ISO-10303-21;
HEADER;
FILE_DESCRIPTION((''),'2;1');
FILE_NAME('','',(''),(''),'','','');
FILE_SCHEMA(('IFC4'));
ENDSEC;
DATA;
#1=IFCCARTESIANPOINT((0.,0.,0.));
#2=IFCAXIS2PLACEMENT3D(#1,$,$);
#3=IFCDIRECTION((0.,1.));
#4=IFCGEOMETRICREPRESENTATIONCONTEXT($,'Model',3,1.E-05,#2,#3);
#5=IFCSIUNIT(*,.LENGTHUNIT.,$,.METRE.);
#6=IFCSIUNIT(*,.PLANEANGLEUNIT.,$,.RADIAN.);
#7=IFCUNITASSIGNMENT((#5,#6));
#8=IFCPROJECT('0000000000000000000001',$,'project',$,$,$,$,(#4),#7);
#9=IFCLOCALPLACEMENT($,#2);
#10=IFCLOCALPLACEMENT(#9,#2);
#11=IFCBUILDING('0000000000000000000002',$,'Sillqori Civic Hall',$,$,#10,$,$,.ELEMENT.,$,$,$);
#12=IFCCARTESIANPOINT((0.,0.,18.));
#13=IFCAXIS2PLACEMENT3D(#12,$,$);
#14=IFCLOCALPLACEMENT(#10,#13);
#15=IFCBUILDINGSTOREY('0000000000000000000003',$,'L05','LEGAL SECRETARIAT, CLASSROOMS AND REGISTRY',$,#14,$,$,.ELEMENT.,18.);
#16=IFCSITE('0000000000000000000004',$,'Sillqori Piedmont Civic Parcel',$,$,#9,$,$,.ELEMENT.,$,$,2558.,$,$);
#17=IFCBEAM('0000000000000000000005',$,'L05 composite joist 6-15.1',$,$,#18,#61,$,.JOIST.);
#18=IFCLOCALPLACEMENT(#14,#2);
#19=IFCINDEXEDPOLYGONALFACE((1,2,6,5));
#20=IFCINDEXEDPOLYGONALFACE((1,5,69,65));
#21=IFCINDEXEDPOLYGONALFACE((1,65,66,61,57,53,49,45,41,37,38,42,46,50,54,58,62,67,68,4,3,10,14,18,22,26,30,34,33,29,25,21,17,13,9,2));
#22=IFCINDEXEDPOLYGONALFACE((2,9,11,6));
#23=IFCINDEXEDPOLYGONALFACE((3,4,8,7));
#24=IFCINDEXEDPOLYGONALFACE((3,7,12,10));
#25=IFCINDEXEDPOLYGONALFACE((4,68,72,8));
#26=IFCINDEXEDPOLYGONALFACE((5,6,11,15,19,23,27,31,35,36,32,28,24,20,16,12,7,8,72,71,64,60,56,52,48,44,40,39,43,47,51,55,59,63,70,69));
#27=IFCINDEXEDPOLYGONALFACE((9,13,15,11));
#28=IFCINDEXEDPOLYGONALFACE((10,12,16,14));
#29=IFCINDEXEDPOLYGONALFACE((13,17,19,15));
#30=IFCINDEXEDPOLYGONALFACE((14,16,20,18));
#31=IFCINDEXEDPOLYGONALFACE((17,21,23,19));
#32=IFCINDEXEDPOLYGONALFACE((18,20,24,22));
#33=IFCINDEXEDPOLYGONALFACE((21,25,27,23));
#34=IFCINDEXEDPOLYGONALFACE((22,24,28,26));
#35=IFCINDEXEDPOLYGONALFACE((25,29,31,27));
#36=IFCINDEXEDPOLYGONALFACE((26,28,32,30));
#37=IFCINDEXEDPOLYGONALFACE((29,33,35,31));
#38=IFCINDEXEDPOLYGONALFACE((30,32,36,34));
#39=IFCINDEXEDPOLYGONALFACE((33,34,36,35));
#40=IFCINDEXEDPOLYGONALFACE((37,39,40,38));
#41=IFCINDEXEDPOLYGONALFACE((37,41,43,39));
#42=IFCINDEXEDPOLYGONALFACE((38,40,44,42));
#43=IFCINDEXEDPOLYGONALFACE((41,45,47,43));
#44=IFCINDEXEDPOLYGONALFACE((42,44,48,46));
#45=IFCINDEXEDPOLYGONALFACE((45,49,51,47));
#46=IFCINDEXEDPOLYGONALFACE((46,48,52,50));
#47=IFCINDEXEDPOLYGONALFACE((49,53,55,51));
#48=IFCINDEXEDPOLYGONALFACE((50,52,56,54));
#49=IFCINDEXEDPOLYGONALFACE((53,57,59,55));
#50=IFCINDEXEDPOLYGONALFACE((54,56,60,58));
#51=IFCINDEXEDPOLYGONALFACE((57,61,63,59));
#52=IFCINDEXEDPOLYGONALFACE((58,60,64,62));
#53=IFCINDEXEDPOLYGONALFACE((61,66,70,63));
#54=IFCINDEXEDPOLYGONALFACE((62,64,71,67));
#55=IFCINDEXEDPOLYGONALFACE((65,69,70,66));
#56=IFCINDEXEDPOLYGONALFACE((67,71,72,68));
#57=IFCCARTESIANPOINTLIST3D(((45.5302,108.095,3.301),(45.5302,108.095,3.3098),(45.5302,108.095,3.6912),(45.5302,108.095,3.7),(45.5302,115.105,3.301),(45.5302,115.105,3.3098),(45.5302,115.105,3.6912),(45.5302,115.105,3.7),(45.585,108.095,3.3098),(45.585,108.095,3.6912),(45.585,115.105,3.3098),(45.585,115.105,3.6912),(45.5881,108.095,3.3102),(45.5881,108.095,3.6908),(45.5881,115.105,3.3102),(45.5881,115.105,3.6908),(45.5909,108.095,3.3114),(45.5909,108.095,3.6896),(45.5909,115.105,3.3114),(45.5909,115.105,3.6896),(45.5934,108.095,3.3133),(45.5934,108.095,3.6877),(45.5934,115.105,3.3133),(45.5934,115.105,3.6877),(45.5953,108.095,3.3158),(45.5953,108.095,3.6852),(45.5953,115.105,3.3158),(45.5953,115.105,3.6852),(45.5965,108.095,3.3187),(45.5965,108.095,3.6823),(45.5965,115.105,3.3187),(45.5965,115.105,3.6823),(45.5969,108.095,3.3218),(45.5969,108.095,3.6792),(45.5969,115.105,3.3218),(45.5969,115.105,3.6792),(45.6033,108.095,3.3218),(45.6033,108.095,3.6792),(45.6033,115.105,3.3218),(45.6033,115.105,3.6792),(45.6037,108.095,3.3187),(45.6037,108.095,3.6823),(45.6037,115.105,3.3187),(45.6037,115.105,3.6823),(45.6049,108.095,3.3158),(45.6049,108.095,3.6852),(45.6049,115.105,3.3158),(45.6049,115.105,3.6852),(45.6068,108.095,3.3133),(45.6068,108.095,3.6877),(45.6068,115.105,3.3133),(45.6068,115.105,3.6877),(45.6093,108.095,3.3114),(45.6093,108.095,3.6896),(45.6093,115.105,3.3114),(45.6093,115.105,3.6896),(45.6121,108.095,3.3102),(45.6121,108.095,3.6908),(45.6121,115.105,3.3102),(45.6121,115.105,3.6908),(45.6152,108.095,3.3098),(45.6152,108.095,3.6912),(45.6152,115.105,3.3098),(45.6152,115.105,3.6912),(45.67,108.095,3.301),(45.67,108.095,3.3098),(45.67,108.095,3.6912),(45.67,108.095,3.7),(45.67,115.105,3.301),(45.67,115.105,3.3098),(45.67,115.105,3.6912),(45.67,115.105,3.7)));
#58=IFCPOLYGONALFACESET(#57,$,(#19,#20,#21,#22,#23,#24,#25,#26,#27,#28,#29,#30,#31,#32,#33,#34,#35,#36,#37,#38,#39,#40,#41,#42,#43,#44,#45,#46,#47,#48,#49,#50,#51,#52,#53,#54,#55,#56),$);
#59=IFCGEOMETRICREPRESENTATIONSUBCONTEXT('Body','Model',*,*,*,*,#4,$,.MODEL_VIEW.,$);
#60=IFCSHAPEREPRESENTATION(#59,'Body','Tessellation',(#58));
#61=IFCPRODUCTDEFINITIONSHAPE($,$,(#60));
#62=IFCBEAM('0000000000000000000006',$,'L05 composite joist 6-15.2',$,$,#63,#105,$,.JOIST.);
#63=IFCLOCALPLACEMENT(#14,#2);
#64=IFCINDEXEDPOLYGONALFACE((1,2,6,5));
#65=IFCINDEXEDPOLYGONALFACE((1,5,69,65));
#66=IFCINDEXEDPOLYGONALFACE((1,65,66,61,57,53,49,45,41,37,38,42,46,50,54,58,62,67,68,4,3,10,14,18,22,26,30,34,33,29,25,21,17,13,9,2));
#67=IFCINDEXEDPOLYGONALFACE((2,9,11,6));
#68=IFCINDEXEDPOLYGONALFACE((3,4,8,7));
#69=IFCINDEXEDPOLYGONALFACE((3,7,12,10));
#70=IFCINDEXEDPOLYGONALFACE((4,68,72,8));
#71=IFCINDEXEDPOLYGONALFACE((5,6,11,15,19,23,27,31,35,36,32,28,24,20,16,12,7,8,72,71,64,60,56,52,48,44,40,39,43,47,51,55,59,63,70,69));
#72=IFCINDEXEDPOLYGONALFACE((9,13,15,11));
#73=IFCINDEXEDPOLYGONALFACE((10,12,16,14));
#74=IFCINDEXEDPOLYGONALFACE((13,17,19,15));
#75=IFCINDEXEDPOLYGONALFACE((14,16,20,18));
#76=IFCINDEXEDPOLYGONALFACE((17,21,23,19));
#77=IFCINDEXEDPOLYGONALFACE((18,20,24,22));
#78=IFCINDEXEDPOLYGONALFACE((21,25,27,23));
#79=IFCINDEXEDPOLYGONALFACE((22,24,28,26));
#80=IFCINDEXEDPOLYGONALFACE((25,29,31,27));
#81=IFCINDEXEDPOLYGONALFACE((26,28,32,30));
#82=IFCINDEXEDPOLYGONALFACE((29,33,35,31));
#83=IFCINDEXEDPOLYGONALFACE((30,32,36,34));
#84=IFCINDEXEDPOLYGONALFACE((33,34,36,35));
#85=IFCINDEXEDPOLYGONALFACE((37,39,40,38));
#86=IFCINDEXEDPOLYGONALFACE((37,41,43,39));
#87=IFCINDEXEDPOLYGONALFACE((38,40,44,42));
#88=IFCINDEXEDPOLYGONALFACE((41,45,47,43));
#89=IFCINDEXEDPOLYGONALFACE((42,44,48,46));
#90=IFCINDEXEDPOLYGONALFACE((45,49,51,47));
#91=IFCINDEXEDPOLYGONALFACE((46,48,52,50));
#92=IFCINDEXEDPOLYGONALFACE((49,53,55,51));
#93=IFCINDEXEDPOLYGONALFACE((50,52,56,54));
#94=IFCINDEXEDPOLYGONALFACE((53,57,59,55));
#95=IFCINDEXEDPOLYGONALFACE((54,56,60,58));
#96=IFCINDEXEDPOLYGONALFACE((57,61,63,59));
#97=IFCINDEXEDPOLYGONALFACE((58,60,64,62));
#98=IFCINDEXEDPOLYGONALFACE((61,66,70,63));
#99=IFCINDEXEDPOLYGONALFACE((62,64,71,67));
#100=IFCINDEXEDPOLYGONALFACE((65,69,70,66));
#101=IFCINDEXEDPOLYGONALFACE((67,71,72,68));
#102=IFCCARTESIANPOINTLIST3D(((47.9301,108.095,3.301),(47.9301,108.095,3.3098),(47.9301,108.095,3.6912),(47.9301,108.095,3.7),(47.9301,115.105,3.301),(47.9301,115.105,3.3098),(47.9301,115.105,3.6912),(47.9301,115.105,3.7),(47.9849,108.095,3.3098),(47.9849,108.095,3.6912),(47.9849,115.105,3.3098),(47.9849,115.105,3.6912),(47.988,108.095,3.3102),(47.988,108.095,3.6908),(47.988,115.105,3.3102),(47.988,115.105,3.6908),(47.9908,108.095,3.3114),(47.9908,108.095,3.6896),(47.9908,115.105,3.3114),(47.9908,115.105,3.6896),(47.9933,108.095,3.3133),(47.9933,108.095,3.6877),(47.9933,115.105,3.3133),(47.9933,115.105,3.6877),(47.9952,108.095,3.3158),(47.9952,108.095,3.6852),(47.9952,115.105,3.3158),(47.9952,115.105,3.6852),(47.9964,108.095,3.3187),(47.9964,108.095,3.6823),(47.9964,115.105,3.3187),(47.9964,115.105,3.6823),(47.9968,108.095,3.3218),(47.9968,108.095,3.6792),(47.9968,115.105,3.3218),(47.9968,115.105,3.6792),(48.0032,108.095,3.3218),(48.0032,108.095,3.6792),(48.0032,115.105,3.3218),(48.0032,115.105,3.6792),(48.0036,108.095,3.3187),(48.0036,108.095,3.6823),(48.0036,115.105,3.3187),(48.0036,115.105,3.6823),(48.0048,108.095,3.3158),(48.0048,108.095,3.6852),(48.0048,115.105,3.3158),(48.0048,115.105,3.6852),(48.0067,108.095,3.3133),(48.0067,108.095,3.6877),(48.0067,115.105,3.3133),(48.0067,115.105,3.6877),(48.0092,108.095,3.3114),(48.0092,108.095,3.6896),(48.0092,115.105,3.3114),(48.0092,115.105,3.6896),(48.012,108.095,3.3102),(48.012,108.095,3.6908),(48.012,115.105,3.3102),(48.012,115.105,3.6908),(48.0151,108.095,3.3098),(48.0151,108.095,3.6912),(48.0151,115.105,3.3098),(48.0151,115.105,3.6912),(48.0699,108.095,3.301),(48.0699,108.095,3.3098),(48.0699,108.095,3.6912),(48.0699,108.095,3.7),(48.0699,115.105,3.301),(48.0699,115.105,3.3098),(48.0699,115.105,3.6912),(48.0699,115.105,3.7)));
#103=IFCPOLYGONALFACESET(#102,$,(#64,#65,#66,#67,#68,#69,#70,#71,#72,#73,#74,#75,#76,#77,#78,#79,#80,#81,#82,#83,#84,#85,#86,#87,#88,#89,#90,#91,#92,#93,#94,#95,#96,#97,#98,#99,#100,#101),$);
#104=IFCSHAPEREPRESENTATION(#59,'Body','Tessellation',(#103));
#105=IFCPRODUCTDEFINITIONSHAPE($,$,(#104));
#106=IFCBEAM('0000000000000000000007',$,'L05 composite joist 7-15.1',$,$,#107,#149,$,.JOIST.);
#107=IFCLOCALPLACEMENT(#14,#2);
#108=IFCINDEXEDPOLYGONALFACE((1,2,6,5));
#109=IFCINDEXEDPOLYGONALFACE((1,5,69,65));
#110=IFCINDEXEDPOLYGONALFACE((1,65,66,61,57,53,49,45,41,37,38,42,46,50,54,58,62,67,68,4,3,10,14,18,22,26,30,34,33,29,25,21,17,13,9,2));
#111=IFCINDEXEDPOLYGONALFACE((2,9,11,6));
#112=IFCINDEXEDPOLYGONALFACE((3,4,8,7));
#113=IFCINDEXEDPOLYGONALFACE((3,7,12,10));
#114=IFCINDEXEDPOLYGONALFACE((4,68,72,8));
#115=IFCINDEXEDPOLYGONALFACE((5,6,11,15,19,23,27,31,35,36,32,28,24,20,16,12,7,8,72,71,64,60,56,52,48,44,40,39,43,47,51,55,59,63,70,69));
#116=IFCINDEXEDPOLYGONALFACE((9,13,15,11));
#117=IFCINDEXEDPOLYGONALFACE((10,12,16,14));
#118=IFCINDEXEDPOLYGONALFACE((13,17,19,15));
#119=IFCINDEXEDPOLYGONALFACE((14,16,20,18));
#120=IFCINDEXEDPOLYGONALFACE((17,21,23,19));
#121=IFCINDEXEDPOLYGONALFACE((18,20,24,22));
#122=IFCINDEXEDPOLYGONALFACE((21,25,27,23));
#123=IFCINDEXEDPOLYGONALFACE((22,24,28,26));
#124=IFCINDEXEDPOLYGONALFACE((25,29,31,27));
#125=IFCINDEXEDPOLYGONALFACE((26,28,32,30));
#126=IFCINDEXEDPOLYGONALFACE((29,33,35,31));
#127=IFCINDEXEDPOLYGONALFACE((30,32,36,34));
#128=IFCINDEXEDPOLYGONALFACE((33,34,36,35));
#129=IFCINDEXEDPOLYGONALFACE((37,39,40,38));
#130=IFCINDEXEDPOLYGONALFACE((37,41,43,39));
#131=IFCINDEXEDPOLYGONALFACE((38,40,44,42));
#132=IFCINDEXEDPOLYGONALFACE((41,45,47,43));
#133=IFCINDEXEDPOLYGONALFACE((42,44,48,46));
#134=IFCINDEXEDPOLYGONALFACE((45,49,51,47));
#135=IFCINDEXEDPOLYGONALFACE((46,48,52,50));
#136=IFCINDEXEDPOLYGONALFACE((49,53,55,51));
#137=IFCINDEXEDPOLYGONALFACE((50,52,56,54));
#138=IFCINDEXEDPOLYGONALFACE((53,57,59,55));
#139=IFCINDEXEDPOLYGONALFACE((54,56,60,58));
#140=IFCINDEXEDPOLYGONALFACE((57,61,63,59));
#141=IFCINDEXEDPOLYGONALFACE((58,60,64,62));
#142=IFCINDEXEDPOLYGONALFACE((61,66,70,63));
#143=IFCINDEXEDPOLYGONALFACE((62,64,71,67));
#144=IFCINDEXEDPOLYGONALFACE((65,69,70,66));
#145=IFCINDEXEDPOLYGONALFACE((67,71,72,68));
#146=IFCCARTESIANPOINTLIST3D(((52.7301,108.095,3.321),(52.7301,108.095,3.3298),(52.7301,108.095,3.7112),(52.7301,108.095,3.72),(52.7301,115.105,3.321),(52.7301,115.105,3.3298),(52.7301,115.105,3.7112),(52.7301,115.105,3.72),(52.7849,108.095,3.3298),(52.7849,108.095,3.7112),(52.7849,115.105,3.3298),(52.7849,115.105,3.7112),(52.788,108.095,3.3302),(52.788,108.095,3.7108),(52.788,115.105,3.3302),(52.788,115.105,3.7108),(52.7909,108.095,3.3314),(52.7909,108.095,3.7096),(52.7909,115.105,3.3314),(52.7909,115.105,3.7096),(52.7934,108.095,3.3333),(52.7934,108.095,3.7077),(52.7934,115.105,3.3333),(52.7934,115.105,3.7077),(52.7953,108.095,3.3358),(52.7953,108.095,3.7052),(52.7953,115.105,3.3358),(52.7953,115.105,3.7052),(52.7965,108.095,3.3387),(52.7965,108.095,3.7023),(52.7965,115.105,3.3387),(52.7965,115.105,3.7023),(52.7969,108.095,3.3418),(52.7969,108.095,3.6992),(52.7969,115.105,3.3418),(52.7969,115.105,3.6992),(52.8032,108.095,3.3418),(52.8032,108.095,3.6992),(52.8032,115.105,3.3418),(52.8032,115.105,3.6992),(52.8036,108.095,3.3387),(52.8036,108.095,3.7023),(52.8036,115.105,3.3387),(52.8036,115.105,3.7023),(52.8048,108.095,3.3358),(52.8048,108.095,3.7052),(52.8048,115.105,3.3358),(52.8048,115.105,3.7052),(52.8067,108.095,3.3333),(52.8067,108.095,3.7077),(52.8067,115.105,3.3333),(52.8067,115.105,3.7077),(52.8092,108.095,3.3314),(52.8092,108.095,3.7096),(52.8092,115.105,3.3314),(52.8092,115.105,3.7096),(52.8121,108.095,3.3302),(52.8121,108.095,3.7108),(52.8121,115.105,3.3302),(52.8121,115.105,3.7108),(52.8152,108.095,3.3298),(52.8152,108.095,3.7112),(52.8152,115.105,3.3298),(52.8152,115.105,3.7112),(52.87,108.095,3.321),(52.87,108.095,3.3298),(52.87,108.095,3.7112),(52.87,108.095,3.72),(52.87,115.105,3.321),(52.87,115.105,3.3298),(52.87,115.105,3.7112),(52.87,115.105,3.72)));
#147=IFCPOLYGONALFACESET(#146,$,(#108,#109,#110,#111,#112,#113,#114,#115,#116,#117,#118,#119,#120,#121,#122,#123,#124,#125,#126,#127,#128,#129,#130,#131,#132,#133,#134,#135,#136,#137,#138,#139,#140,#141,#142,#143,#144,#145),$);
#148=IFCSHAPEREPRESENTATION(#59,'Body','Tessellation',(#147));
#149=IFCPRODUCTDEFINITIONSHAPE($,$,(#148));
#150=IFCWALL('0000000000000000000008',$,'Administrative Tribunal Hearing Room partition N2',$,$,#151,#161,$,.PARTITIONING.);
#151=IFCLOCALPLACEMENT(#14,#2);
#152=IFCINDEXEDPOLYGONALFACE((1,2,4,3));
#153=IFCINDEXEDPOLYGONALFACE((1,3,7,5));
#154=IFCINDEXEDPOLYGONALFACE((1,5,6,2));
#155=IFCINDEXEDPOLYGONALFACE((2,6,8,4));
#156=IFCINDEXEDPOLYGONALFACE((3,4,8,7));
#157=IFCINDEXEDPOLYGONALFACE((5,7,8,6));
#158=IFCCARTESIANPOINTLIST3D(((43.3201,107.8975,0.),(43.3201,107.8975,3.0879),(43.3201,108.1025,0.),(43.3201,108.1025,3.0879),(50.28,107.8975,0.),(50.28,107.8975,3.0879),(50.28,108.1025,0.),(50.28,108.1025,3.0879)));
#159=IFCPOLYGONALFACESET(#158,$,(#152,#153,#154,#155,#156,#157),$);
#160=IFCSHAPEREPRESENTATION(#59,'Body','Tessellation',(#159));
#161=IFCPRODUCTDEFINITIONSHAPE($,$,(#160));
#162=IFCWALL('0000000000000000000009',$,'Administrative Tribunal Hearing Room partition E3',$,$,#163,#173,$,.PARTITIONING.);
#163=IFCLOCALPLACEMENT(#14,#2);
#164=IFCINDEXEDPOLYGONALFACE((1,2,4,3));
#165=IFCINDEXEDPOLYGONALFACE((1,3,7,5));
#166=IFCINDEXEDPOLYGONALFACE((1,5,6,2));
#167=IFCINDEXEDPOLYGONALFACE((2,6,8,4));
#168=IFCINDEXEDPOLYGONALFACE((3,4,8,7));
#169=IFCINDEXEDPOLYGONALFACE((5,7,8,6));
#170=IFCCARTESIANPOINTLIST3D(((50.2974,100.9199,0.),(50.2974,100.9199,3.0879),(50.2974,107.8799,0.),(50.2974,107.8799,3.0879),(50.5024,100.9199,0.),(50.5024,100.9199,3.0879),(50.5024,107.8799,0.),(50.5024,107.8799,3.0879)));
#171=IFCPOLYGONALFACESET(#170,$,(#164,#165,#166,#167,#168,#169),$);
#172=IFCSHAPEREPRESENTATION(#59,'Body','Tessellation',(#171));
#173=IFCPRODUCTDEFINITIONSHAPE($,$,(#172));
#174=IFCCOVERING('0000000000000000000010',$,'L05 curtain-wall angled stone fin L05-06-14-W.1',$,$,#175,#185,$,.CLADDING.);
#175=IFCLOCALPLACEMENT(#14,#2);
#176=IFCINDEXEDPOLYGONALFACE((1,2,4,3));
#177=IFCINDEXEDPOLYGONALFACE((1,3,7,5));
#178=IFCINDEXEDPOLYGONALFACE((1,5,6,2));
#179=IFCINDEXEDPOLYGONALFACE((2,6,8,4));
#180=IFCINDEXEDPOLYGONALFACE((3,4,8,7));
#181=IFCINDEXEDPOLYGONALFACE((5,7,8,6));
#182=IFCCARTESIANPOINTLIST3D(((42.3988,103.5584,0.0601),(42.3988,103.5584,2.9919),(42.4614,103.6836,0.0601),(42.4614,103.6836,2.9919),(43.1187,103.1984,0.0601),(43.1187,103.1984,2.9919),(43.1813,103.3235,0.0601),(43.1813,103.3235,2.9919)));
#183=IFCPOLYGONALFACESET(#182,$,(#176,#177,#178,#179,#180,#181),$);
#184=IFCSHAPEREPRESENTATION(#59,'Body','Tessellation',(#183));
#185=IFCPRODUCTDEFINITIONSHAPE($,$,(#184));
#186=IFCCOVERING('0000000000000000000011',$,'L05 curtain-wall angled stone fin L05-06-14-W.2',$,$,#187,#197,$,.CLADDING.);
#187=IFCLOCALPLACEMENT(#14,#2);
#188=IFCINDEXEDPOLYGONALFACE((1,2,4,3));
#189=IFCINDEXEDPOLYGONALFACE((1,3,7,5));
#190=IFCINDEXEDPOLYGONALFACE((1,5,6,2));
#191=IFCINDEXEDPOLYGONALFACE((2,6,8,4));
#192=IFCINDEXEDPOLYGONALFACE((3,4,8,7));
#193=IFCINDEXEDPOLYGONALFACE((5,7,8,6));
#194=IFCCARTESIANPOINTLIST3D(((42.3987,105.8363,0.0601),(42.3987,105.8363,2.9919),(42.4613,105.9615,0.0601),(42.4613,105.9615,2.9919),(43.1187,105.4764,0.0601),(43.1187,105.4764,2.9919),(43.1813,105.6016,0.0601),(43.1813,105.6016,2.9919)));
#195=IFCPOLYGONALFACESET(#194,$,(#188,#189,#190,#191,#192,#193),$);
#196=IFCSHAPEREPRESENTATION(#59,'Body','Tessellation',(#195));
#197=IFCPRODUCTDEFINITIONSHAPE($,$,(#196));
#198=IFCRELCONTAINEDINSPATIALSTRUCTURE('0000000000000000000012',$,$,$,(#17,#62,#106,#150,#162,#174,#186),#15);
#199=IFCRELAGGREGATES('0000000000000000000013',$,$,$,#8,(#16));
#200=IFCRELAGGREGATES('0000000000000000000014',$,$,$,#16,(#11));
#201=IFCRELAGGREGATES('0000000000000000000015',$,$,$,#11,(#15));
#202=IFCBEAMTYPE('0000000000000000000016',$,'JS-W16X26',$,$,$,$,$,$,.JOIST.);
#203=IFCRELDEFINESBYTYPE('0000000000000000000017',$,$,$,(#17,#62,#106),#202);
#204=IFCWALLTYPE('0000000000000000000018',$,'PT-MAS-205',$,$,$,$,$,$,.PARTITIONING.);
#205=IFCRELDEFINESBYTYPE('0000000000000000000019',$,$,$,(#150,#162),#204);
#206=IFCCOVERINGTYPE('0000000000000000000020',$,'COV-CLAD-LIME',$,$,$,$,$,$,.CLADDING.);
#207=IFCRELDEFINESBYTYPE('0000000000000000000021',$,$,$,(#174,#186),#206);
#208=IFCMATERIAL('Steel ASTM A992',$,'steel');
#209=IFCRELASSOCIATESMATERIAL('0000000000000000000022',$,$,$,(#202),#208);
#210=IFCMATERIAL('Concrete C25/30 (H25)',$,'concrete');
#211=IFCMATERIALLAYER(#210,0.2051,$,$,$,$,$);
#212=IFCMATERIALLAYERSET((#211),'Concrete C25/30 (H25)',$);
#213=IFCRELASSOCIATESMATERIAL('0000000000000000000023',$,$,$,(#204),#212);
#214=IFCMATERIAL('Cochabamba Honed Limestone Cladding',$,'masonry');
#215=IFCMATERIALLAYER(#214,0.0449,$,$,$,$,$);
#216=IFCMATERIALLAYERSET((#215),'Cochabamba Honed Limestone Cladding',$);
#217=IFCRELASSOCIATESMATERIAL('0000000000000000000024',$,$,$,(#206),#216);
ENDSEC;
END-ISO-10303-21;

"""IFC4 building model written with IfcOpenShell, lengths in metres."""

from ifc_helpers import new_model, si_unit, direction, frame, frame_2d, origin, origin_2d, place, context, subcontext, project, spatial, rectangle, i_section, extrude, material, layer, layer_set, material_profile, profile_set, type_object, element, save


model = new_model("IFC4")

# Units and contexts
model_context = context("Model", 3, precision=1e-05, world=origin(), true_north=direction((0.0, 1.0)))
body_context = subcontext(model_context, "Body", "Model", "MODEL_VIEW")
ifc_project = project(units=[si_unit("LENGTHUNIT", "METRE"), si_unit("PLANEANGLEUNIT", "RADIAN")], contexts=[model_context])

# Site, building, storey
site_placement = place(None, origin())
site = spatial("IfcSite", under=ifc_project, at=site_placement, Name="Sillqori Piedmont Civic Parcel", CompositionType="ELEMENT", RefElevation=2558.0)
building_placement = place(site_placement, origin())
building = spatial("IfcBuilding", under=site, at=building_placement, Name="Sillqori Civic Hall", CompositionType="ELEMENT")
storey_placement = place(building_placement, frame((0.0, 0.0, 18.0)))
storey = spatial("IfcBuildingStorey", under=building, at=storey_placement, Name="L05", Description="LEGAL SECRETARIAT, CLASSROOMS AND REGISTRY", CompositionType="ELEMENT", Elevation=18.0)

# Shared definitions
ifc_material_1 = material(Name="Steel ASTM A992", Category="steel")

# Beams
ifc_material_profile_1 = material_profile(ifc_material_1, i_section(OverallWidth=0.1399, OverallDepth=0.3989, WebThickness=0.0063, FlangeThickness=0.0088, FilletRadius=0.012, at=origin_2d()), Name="W16X26")
ifc_profile_set_1 = profile_set([ifc_material_profile_1], Name="Steel ASTM A992")
beam_type_1 = type_object("IfcBeamType", Name="JS-W16X26", PredefinedType="JOIST", material=ifc_profile_set_1)
for number, where, z_axis, x_axis, name in (
    (1, (45.6001, 108.095, 3.5005), (0.0, 1.0, 0.0), (-1.0, 0.0, 0.0), "L05 composite joist 6-15.1"),
    (2, (48.0, 108.095, 3.5005), (0.0, 1.0, 0.0), (-1.0, 0.0, 0.0), "L05 composite joist 6-15.2"),
    (3, (52.8, 108.095, 3.5205), (0.0, 1.0, 0.0), (-1.0, 0.0, 0.0), "L05 composite joist 7-15.1"),
):
    element("IfcBeam", number, at=place(storey_placement, frame(where, z_axis=z_axis, x_axis=x_axis)), inside=storey, type_object=beam_type_1, Name=name, PredefinedType="JOIST", context=body_context, shape_type="SweptSolid", body=[
        extrude(i_section(OverallWidth=0.1399, OverallDepth=0.3989, WebThickness=0.0063, FlangeThickness=0.0088, FilletRadius=0.012, at=origin_2d()), origin(), (0.0, 0.0, 1.0), 7.01),
    ])

# Walls
ifc_material_2 = material(Name="Concrete C25/30 (H25)", Category="concrete")
ifc_layer_1 = layer(ifc_material_2, 0.2051)
ifc_layer_set_1 = layer_set([ifc_layer_1], Name="Concrete C25/30 (H25)")
wall_type = type_object("IfcWallType", Name="PT-MAS-205", PredefinedType="PARTITIONING", material=ifc_layer_set_1)
for number, where, z_axis, x_axis, name in (
    (4, (43.3201, 108.0, 0.0), (0.0, 0.0, 1.0), (1.0, 0.0, 0.0), "Administrative Tribunal Hearing Room partition N2"),
    (5, (50.3999, 107.8799, 0.0), (0.0, 0.0, 1.0), (0.0, -1.0, 0.0), "Administrative Tribunal Hearing Room partition E3"),
):
    element("IfcWall", number, at=place(storey_placement, frame(where, z_axis=z_axis, x_axis=x_axis)), inside=storey, type_object=wall_type, Name=name, PredefinedType="PARTITIONING", context=body_context, shape_type="SweptSolid", body=[
        extrude(rectangle(XDim=6.96, YDim=0.2051, at=frame_2d((3.48, 0.0))), origin(), (0.0, 0.0, 1.0), 3.0879),
    ])

# Coverings
ifc_material_3 = material(Name="Cochabamba Honed Limestone Cladding", Category="masonry")
ifc_layer_2 = layer(ifc_material_3, 0.0449)
ifc_layer_set_2 = layer_set([ifc_layer_2], Name="Cochabamba Honed Limestone Cladding")
covering_type = type_object("IfcCoveringType", Name="COV-CLAD-LIME", PredefinedType="CLADDING", material=ifc_layer_set_2)
for number, where, z_axis, x_axis, name in (
    (6, (43.1499, 103.261, 0.0601), (0.0, 0.0, 1.0), (-0.894367, 0.447335, 0.0), "L05 curtain-wall angled stone fin L05-06-14-W.1"),
    (7, (43.1499, 105.5391, 0.0601), (0.0, 0.0, 1.0), (-0.894488, 0.447092, 0.0), "L05 curtain-wall angled stone fin L05-06-14-W.2"),
):
    element("IfcCovering", number, at=place(storey_placement, frame(where, z_axis=z_axis, x_axis=x_axis)), inside=storey, type_object=covering_type, Name=name, PredefinedType="CLADDING", context=body_context, shape_type="SweptSolid", body=[
        extrude(rectangle(XDim=0.8049, YDim=0.1399, at=frame_2d((0.4023, 0.0))), origin(), (0.0, 0.0, 1.0), 2.9319),
    ])

save(model, "model.ifc")
